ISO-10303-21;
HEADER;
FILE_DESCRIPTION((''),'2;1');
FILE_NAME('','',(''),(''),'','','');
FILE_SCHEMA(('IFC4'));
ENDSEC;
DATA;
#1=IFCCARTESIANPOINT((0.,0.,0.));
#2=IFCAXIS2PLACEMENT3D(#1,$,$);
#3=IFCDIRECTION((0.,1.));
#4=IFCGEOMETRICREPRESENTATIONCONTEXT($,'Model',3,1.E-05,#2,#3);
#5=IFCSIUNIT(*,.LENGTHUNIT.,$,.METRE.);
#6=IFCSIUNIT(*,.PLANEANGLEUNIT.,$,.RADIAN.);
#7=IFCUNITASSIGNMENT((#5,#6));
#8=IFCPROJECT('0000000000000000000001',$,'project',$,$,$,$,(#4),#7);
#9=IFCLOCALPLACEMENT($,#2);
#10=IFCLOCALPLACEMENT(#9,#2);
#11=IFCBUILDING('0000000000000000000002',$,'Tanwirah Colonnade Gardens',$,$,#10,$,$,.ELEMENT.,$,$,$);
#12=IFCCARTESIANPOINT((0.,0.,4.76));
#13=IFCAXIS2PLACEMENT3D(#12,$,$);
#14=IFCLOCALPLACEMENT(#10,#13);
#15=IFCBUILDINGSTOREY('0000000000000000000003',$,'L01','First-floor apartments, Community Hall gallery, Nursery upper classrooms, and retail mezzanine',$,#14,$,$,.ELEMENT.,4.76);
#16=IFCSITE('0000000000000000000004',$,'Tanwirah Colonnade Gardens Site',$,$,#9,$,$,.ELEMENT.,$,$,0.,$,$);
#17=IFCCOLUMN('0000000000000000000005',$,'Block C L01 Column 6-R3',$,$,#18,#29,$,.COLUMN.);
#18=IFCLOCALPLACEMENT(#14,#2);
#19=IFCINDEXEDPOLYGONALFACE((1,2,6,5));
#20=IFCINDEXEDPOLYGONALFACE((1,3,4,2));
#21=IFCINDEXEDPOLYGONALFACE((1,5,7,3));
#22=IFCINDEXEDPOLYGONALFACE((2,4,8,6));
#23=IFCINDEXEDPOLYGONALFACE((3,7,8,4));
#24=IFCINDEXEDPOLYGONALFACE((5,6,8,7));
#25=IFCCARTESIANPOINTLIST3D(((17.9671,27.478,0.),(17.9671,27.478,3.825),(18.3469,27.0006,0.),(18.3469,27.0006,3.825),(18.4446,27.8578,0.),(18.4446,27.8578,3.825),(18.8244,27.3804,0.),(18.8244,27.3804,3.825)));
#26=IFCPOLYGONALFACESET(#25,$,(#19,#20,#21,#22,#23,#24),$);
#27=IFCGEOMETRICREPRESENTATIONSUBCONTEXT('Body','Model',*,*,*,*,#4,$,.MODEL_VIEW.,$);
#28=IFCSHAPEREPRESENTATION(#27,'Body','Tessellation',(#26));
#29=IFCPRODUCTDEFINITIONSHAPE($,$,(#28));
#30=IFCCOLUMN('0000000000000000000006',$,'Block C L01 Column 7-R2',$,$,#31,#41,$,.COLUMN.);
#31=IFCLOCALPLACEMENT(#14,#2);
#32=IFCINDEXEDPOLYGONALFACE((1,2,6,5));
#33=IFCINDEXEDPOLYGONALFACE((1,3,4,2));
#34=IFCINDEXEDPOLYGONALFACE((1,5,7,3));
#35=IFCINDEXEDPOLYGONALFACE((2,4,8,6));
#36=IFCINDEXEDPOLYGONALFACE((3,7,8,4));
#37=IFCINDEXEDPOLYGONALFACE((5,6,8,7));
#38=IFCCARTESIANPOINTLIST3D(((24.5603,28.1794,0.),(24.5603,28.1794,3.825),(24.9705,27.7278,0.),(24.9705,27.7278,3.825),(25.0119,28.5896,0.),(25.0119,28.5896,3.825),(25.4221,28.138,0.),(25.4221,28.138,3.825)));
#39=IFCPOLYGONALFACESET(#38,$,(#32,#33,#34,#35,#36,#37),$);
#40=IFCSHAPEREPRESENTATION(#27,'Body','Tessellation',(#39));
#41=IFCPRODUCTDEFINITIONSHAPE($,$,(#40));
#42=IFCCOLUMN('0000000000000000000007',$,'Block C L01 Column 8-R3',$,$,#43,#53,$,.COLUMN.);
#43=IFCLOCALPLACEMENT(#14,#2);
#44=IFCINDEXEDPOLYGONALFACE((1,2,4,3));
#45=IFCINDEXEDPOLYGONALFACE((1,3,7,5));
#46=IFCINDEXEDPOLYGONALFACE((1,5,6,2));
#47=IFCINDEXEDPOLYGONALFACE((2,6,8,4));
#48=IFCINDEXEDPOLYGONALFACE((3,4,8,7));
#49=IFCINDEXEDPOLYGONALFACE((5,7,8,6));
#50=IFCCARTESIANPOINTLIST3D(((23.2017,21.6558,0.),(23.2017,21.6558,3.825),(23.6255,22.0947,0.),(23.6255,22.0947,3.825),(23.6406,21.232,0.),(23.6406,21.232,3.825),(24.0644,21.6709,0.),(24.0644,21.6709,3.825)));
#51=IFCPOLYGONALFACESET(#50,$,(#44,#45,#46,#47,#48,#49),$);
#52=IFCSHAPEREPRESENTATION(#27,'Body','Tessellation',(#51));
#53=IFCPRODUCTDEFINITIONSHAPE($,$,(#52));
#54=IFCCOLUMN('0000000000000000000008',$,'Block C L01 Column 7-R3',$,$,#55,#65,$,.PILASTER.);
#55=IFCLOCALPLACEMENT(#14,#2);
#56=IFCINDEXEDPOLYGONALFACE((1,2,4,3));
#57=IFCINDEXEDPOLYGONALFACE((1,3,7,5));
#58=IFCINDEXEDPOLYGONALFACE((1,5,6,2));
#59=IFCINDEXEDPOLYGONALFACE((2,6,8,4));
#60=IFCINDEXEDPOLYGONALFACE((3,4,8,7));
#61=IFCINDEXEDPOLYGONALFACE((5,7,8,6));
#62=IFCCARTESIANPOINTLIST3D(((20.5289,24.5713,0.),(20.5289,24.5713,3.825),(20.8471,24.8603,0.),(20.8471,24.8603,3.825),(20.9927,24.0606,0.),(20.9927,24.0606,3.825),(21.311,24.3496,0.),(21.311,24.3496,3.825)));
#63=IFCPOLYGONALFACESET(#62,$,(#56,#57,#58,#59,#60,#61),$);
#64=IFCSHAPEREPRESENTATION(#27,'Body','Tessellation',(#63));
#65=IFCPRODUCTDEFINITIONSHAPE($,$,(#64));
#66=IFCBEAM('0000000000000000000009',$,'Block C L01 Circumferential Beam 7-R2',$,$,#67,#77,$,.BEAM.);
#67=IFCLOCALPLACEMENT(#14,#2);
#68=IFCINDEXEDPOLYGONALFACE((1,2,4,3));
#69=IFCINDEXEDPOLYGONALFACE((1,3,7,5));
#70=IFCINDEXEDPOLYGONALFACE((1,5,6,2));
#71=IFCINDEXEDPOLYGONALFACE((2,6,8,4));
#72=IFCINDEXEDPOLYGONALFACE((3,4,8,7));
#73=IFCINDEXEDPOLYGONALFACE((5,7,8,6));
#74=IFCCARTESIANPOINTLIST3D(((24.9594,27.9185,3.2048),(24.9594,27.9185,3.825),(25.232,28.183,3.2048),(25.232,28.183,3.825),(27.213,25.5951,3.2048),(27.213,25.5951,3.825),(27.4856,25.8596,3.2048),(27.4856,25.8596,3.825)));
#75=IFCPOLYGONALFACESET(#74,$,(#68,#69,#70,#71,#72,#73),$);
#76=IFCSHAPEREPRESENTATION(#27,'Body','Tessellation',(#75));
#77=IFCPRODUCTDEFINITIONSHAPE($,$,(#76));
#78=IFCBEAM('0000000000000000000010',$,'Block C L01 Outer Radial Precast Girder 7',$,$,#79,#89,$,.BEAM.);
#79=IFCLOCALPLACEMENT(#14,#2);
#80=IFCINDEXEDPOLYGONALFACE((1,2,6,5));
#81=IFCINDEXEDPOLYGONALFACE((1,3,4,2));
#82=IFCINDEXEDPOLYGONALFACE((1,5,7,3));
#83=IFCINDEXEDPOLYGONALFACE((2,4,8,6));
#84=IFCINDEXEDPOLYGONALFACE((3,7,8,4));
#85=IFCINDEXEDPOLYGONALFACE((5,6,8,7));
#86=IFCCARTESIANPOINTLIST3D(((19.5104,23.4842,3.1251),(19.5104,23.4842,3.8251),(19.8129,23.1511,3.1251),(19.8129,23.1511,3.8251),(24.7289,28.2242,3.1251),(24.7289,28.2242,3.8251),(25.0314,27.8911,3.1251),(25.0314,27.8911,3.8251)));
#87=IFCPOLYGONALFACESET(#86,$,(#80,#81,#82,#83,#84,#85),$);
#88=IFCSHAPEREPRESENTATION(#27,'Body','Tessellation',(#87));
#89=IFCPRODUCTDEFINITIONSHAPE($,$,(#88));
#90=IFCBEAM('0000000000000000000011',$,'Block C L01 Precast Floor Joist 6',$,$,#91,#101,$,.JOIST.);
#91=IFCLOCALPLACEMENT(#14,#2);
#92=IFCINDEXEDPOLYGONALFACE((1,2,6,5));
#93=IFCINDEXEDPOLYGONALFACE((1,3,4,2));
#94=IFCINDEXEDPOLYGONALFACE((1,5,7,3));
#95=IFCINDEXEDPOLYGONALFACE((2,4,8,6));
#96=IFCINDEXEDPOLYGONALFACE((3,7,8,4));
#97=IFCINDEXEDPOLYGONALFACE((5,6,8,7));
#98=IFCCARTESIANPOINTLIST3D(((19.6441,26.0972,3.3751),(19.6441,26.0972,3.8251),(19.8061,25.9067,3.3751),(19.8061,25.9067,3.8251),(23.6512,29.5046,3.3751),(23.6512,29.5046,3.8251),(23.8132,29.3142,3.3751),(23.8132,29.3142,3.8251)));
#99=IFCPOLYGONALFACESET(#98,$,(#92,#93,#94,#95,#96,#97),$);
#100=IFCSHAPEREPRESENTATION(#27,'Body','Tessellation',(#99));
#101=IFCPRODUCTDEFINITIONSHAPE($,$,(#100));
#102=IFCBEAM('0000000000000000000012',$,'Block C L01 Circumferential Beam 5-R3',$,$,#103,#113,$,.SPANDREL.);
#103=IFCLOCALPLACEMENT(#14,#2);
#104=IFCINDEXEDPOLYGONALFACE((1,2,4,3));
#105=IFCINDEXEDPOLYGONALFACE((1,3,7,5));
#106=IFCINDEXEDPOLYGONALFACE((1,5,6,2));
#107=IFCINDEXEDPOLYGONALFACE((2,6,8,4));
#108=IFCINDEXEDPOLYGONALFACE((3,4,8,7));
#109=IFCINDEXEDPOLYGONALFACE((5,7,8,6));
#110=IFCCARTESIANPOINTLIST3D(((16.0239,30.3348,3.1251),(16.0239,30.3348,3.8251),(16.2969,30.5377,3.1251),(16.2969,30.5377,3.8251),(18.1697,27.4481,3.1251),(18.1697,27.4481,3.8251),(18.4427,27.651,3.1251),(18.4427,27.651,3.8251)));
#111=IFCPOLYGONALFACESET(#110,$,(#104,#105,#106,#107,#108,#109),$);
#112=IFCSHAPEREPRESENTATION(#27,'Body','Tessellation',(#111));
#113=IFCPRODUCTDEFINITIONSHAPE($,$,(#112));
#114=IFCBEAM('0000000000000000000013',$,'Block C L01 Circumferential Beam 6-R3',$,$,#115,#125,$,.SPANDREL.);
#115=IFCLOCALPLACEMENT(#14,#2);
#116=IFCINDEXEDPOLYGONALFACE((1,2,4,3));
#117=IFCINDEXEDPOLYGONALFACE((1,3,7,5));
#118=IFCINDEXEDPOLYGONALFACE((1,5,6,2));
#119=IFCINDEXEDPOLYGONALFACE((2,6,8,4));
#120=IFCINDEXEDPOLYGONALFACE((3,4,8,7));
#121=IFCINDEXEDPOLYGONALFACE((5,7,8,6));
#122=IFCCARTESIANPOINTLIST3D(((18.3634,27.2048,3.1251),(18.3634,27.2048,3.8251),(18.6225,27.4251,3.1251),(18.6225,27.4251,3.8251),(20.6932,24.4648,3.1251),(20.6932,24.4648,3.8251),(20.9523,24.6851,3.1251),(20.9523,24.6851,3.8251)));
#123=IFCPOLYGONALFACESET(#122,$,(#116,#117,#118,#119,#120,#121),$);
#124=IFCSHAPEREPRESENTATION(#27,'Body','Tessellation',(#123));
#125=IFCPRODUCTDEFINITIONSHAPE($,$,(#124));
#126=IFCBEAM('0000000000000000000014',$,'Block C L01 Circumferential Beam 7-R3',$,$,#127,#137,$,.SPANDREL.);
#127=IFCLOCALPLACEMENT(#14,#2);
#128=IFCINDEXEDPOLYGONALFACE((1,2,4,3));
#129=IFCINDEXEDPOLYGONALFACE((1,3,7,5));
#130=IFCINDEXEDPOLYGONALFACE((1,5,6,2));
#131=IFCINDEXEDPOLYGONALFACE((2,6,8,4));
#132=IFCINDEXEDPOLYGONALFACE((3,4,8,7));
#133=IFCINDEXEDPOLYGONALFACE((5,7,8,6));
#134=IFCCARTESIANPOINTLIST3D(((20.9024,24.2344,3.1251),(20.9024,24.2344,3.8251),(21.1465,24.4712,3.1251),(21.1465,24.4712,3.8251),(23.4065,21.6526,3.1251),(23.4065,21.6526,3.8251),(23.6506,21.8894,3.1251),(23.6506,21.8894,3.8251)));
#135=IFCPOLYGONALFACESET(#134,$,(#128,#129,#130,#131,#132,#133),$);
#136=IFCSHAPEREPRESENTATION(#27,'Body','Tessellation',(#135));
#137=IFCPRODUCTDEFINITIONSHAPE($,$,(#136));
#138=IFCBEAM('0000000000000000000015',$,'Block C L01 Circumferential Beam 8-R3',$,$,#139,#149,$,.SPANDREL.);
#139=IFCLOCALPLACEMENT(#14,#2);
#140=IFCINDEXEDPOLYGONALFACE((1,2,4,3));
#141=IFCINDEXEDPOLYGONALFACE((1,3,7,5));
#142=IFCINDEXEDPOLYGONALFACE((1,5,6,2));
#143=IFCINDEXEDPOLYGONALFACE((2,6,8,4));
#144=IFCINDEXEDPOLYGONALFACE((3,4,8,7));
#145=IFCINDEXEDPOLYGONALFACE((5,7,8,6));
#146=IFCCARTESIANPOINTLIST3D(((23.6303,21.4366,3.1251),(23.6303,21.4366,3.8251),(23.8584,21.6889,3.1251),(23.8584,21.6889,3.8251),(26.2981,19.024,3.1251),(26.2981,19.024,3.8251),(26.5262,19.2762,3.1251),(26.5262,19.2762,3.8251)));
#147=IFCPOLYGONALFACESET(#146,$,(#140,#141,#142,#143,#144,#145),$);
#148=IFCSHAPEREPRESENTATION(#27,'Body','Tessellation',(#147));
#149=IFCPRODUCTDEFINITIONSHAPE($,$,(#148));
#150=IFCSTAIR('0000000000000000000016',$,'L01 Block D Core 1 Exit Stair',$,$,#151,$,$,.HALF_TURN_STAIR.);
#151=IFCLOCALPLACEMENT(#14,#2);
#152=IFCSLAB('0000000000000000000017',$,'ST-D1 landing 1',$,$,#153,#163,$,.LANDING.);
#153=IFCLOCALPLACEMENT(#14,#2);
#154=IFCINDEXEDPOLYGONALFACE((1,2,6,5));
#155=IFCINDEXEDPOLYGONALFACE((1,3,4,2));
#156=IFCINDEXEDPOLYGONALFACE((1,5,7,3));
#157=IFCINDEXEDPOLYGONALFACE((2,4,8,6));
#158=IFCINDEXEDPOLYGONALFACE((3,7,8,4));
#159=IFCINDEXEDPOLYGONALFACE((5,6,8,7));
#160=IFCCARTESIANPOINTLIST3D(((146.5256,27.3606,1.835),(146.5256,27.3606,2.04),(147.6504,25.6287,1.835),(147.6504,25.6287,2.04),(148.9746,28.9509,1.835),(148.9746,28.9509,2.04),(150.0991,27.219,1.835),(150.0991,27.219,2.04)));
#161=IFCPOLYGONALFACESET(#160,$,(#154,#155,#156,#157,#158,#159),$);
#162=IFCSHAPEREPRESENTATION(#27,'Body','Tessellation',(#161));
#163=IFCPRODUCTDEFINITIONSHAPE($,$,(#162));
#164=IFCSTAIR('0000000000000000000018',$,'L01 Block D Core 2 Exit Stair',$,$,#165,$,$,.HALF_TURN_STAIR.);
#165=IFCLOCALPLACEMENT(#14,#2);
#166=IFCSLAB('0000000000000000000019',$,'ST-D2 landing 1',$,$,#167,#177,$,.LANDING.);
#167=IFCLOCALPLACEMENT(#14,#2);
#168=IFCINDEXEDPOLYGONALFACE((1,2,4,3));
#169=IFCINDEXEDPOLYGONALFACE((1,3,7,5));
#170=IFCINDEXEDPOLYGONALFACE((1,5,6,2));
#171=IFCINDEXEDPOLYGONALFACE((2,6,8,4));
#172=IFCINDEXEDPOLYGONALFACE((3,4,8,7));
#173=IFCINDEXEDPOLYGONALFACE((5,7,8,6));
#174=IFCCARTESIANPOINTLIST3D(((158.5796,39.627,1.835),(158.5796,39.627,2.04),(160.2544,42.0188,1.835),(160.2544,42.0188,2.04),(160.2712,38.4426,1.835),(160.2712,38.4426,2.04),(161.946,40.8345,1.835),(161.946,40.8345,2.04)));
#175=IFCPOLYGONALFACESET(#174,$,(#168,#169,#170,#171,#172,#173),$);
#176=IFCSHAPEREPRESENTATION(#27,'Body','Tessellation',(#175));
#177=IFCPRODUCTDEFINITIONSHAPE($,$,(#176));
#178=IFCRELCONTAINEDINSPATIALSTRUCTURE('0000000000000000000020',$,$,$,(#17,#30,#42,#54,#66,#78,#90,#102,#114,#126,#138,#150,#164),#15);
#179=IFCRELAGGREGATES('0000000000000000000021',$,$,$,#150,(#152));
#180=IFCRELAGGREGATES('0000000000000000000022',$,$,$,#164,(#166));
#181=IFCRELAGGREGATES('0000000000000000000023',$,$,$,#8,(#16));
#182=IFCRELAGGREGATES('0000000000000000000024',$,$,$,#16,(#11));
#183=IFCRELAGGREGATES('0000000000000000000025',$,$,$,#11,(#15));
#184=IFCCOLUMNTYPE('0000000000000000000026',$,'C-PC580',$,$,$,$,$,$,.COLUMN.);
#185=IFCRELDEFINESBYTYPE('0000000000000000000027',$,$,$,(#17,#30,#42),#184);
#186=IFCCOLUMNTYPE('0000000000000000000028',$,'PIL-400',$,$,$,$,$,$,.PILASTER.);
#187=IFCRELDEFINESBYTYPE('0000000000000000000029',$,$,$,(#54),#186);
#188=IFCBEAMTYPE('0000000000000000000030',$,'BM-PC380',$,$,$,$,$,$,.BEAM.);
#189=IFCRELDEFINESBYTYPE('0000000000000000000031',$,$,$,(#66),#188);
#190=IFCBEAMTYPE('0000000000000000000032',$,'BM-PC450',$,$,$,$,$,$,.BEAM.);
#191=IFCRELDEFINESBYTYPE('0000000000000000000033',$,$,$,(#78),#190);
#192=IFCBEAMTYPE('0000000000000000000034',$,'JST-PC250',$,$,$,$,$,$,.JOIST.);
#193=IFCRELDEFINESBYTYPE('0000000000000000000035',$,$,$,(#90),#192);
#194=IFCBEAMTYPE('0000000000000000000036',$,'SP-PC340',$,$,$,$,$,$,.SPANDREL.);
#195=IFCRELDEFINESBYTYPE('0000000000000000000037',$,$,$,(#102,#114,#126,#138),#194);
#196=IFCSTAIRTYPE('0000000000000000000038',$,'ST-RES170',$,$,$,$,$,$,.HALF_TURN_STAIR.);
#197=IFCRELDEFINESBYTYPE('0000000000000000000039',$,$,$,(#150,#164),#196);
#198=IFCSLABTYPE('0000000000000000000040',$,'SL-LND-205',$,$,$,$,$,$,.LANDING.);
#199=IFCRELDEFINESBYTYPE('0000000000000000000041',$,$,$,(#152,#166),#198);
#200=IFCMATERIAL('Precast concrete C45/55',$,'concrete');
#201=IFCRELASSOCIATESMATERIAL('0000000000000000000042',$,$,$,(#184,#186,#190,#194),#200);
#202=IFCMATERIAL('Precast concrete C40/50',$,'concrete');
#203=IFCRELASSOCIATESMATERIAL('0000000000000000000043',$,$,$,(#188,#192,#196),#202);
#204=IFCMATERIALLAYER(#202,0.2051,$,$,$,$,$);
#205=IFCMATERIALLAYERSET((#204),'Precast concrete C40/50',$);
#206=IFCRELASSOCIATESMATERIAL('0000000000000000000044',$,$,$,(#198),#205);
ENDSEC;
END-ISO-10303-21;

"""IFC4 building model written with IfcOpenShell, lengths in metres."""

from ifc_helpers import new_model, si_unit, direction, frame, origin, origin_2d, place, context, subcontext, project, spatial, polyline, rectangle, outline, extrude, material, layer, layer_set, material_profile, profile_set, type_object, element, aggregate, save


model = new_model("IFC4")

# Units and contexts
model_context = context("Model", 3, precision=1e-05, world=origin(), true_north=direction((0.0, 1.0)))
body_context = subcontext(model_context, "Body", "Model", "MODEL_VIEW")
ifc_project = project(units=[si_unit("LENGTHUNIT", "METRE"), si_unit("PLANEANGLEUNIT", "RADIAN")], contexts=[model_context])

# Site, building, storey
site_placement = place(None, origin())
site = spatial("IfcSite", under=ifc_project, at=site_placement, Name="Tanwirah Colonnade Gardens Site", CompositionType="ELEMENT", RefElevation=0.0)
building_placement = place(site_placement, origin())
building = spatial("IfcBuilding", under=site, at=building_placement, Name="Tanwirah Colonnade Gardens", CompositionType="ELEMENT")
storey_placement = place(building_placement, frame((0.0, 0.0, 4.76)))
storey = spatial("IfcBuildingStorey", under=building, at=storey_placement, Name="L01", Description="First-floor apartments, Community Hall gallery, Nursery upper classrooms, and retail mezzanine", CompositionType="ELEMENT", Elevation=4.76)

# Columns
ifc_material_1 = material(Name="Precast concrete C45/55", Category="concrete")
ifc_material_profile_1 = material_profile(ifc_material_1, rectangle(XDim=0.6101, YDim=0.6101, at=origin_2d()), Name="PC-COL 610x610")
ifc_profile_set_1 = profile_set([ifc_material_profile_1], Name="Precast concrete C45/55")
column_type_1 = type_object("IfcColumnType", Name="C-PC580", PredefinedType="COLUMN", material=ifc_profile_set_1)
for number, where, z_axis, x_axis, name in (
    (1, (18.3958, 27.4292, 0.0), (0.0, 0.0, 1.0), (-0.782608, -0.622515, 0.0), "Block C L01 Column 6-R3"),
    (2, (24.9912, 28.1587, 0.0), (0.0, 0.0, 1.0), (-0.740218, -0.672367, 0.0), "Block C L01 Column 7-R2"),
    (3, (23.6331, 21.6633, 0.0), (0.0, 0.0, 1.0), (-0.694658, -0.71934, 0.0), "Block C L01 Column 8-R3"),
):
    element("IfcColumn", number, at=place(storey_placement, frame(where, z_axis=z_axis, x_axis=x_axis)), inside=storey, type_object=column_type_1, Name=name, PredefinedType="COLUMN", context=body_context, shape_type="SweptSolid", body=[
        extrude(rectangle(XDim=0.6101, YDim=0.6101, at=origin_2d()), origin(), (0.0, 0.0, 1.0), 3.825),
    ])
ifc_material_profile_2 = material_profile(ifc_material_1, rectangle(XDim=0.4299, YDim=0.6899, at=origin_2d()), Name="PC-PIL 430x690")
ifc_profile_set_2 = profile_set([ifc_material_profile_2], Name="Precast concrete C45/55")
column_type_2 = type_object("IfcColumnType", Name="PIL-400", PredefinedType="PILASTER", material=ifc_profile_set_2)
column_placement = place(storey_placement, frame((20.9199, 24.4604, 0.0), z_axis=(0.0, 0.0, 1.0), x_axis=(-0.740218, -0.672367, 0.0)))
element("IfcColumn", 4, at=column_placement, inside=storey, type_object=column_type_2, Name="Block C L01 Column 7-R3", PredefinedType="PILASTER", context=body_context, shape_type="SweptSolid", body=[
    extrude(rectangle(XDim=0.4299, YDim=0.6899, at=origin_2d()), origin(), (0.0, 0.0, 1.0), 3.825),
])

# Beams
ifc_material_2 = material(Name="Precast concrete C40/50", Category="concrete")
ifc_material_profile_3 = material_profile(ifc_material_2, rectangle(XDim=0.3799, YDim=0.6201, at=origin_2d()), Name="PC-BM 380x620")
ifc_profile_set_3 = profile_set([ifc_material_profile_3], Name="Precast concrete C40/50")
beam_type_1 = type_object("IfcBeamType", Name="BM-PC380", PredefinedType="BEAM", material=ifc_profile_set_3)
beam_1_placement = place(storey_placement, frame((25.0957, 28.0508, 3.5149), z_axis=(0.696239, -0.71781, 0.0), x_axis=(0.71781, 0.696239, 0.0)))
element("IfcBeam", 5, at=beam_1_placement, inside=storey, type_object=beam_type_1, Name="Block C L01 Circumferential Beam 7-R2", PredefinedType="BEAM", context=body_context, shape_type="SweptSolid", body=[
    extrude(rectangle(XDim=0.3799, YDim=0.6201, at=origin_2d()), origin(), (0.0, 0.0, 1.0), 3.2368),
])
ifc_material_profile_4 = material_profile(ifc_material_1, rectangle(XDim=0.45, YDim=0.7, at=origin_2d()), Name="PC-BM 450x700")
ifc_profile_set_4 = profile_set([ifc_material_profile_4], Name="Precast concrete C45/55")
beam_type_2 = type_object("IfcBeamType", Name="BM-PC450", PredefinedType="BEAM", material=ifc_profile_set_4)
beam_2_placement = place(storey_placement, frame((24.8801, 28.0576, 3.4751), z_axis=(-0.74023, -0.672354, 0.0), x_axis=(0.672354, -0.74023, 0.0)))
element("IfcBeam", 6, at=beam_2_placement, inside=storey, type_object=beam_type_2, Name="Block C L01 Outer Radial Precast Girder 7", PredefinedType="BEAM", context=body_context, shape_type="SweptSolid", body=[
    extrude(rectangle(XDim=0.45, YDim=0.7, at=origin_2d()), origin(), (0.0, 0.0, 1.0), 7.0498),
])
ifc_material_profile_5 = material_profile(ifc_material_2, rectangle(XDim=0.25, YDim=0.45, at=origin_2d()), Name="PC-JST 250x450")
ifc_profile_set_5 = profile_set([ifc_material_profile_5], Name="Precast concrete C40/50")
beam_type_3 = type_object("IfcBeamType", Name="JST-PC250", PredefinedType="JOIST", material=ifc_profile_set_5)
beam_3_placement = place(storey_placement, frame((23.7322, 29.4094, 3.6001), z_axis=(-0.761803, -0.647809, 0.0), x_axis=(0.647809, -0.761803, 0.0)))
element("IfcBeam", 7, at=beam_3_placement, inside=storey, type_object=beam_type_3, Name="Block C L01 Precast Floor Joist 6", PredefinedType="JOIST", context=body_context, shape_type="SweptSolid", body=[
    extrude(rectangle(XDim=0.25, YDim=0.45, at=origin_2d()), origin(), (0.0, 0.0, 1.0), 5.26),
])
ifc_material_profile_6 = material_profile(ifc_material_1, rectangle(XDim=0.3401, YDim=0.7, at=origin_2d()), Name="PC-SP 340x700")
ifc_profile_set_6 = profile_set([ifc_material_profile_6], Name="Precast concrete C45/55")
beam_type_4 = type_object("IfcBeamType", Name="SP-PC340", PredefinedType="SPANDREL", material=ifc_profile_set_6)
beam_4_placement = place(storey_placement, frame((16.1604, 30.4363, 3.4751), z_axis=(0.596563, -0.802566, 0.0), x_axis=(0.802566, 0.596563, 0.0)))
element("IfcBeam", 8, at=beam_4_placement, inside=storey, type_object=beam_type_4, Name="Block C L01 Circumferential Beam 5-R3", PredefinedType="SPANDREL", context=body_context, shape_type="SweptSolid", body=[
    extrude(rectangle(XDim=0.3401, YDim=0.7, at=origin_2d()), origin(), (0.0, 0.0, 1.0), 3.5969),
])
for number, where, z_axis, x_axis, name in (
    (9, (18.4929, 27.3149, 3.4751), (0.647784, -0.761824, 0.0), (0.761824, 0.647784, 0.0), "Block C L01 Circumferential Beam 6-R3"),
    (10, (21.0244, 24.3528, 3.4751), (0.696232, -0.717817, 0.0), (0.717817, 0.696232, 0.0), "Block C L01 Circumferential Beam 7-R3"),
):
    element("IfcBeam", number, at=place(storey_placement, frame(where, z_axis=z_axis, x_axis=x_axis)), inside=storey, type_object=beam_type_4, Name=name, PredefinedType="SPANDREL", context=body_context, shape_type="SweptSolid", body=[
        extrude(rectangle(XDim=0.3401, YDim=0.7, at=origin_2d()), origin(), (0.0, 0.0, 1.0), 3.5967),
    ])
beam_5_placement = place(storey_placement, frame((23.7444, 21.5627, 3.4751), z_axis=(0.741682, -0.670752, 0.0), x_axis=(0.670752, 0.741682, 0.0)))
element("IfcBeam", 11, at=beam_5_placement, inside=storey, type_object=beam_type_4, Name="Block C L01 Circumferential Beam 8-R3", PredefinedType="SPANDREL", context=body_context, shape_type="SweptSolid", body=[
    extrude(rectangle(XDim=0.3401, YDim=0.7, at=origin_2d()), origin(), (0.0, 0.0, 1.0), 3.5969),
])

# Stairs, slabs
stair_type = type_object("IfcStairType", Name="ST-RES170", PredefinedType="HALF_TURN_STAIR", material=ifc_material_2)
stair_1_placement = place(storey_placement, origin())
stair_1 = element("IfcStair", 12, at=stair_1_placement, inside=storey, type_object=stair_type, Name="L01 Block D Core 1 Exit Stair", PredefinedType="HALF_TURN_STAIR")
ifc_layer_1 = layer(ifc_material_2, 0.2051)
ifc_layer_set_1 = layer_set([ifc_layer_1], Name="Precast concrete C40/50")
slab_type = type_object("IfcSlabType", Name="SL-LND-205", PredefinedType="LANDING", material=ifc_layer_set_1)
slab_1_placement = place(storey_placement, frame((0.0, 0.0, 1.835)))
slab_1 = element("IfcSlab", 13, at=slab_1_placement, type_object=slab_type, Name="ST-D1 landing 1", PredefinedType="LANDING", context=body_context, shape_type="SweptSolid", body=[
    extrude(outline(polyline([(150.0991, 27.219), (148.9746, 28.9509), (146.5256, 27.3606), (147.6504, 25.6287), (150.0991, 27.219)])), origin(), (0.0, 0.0, 1.0), 0.2051),
])
aggregate(stair_1, [slab_1])
stair_2_placement = place(storey_placement, origin())
stair_2 = element("IfcStair", 14, at=stair_2_placement, inside=storey, type_object=stair_type, Name="L01 Block D Core 2 Exit Stair", PredefinedType="HALF_TURN_STAIR")
slab_2_placement = place(storey_placement, frame((0.0, 0.0, 1.835)))
slab_2 = element("IfcSlab", 15, at=slab_2_placement, type_object=slab_type, Name="ST-D2 landing 1", PredefinedType="LANDING", context=body_context, shape_type="SweptSolid", body=[
    extrude(outline(polyline([(161.946, 40.8345), (160.2544, 42.0188), (158.5796, 39.627), (160.2712, 38.4426), (161.946, 40.8345)])), origin(), (0.0, 0.0, 1.0), 0.2051),
])
aggregate(stair_2, [slab_2])

save(model, "model.ifc")
